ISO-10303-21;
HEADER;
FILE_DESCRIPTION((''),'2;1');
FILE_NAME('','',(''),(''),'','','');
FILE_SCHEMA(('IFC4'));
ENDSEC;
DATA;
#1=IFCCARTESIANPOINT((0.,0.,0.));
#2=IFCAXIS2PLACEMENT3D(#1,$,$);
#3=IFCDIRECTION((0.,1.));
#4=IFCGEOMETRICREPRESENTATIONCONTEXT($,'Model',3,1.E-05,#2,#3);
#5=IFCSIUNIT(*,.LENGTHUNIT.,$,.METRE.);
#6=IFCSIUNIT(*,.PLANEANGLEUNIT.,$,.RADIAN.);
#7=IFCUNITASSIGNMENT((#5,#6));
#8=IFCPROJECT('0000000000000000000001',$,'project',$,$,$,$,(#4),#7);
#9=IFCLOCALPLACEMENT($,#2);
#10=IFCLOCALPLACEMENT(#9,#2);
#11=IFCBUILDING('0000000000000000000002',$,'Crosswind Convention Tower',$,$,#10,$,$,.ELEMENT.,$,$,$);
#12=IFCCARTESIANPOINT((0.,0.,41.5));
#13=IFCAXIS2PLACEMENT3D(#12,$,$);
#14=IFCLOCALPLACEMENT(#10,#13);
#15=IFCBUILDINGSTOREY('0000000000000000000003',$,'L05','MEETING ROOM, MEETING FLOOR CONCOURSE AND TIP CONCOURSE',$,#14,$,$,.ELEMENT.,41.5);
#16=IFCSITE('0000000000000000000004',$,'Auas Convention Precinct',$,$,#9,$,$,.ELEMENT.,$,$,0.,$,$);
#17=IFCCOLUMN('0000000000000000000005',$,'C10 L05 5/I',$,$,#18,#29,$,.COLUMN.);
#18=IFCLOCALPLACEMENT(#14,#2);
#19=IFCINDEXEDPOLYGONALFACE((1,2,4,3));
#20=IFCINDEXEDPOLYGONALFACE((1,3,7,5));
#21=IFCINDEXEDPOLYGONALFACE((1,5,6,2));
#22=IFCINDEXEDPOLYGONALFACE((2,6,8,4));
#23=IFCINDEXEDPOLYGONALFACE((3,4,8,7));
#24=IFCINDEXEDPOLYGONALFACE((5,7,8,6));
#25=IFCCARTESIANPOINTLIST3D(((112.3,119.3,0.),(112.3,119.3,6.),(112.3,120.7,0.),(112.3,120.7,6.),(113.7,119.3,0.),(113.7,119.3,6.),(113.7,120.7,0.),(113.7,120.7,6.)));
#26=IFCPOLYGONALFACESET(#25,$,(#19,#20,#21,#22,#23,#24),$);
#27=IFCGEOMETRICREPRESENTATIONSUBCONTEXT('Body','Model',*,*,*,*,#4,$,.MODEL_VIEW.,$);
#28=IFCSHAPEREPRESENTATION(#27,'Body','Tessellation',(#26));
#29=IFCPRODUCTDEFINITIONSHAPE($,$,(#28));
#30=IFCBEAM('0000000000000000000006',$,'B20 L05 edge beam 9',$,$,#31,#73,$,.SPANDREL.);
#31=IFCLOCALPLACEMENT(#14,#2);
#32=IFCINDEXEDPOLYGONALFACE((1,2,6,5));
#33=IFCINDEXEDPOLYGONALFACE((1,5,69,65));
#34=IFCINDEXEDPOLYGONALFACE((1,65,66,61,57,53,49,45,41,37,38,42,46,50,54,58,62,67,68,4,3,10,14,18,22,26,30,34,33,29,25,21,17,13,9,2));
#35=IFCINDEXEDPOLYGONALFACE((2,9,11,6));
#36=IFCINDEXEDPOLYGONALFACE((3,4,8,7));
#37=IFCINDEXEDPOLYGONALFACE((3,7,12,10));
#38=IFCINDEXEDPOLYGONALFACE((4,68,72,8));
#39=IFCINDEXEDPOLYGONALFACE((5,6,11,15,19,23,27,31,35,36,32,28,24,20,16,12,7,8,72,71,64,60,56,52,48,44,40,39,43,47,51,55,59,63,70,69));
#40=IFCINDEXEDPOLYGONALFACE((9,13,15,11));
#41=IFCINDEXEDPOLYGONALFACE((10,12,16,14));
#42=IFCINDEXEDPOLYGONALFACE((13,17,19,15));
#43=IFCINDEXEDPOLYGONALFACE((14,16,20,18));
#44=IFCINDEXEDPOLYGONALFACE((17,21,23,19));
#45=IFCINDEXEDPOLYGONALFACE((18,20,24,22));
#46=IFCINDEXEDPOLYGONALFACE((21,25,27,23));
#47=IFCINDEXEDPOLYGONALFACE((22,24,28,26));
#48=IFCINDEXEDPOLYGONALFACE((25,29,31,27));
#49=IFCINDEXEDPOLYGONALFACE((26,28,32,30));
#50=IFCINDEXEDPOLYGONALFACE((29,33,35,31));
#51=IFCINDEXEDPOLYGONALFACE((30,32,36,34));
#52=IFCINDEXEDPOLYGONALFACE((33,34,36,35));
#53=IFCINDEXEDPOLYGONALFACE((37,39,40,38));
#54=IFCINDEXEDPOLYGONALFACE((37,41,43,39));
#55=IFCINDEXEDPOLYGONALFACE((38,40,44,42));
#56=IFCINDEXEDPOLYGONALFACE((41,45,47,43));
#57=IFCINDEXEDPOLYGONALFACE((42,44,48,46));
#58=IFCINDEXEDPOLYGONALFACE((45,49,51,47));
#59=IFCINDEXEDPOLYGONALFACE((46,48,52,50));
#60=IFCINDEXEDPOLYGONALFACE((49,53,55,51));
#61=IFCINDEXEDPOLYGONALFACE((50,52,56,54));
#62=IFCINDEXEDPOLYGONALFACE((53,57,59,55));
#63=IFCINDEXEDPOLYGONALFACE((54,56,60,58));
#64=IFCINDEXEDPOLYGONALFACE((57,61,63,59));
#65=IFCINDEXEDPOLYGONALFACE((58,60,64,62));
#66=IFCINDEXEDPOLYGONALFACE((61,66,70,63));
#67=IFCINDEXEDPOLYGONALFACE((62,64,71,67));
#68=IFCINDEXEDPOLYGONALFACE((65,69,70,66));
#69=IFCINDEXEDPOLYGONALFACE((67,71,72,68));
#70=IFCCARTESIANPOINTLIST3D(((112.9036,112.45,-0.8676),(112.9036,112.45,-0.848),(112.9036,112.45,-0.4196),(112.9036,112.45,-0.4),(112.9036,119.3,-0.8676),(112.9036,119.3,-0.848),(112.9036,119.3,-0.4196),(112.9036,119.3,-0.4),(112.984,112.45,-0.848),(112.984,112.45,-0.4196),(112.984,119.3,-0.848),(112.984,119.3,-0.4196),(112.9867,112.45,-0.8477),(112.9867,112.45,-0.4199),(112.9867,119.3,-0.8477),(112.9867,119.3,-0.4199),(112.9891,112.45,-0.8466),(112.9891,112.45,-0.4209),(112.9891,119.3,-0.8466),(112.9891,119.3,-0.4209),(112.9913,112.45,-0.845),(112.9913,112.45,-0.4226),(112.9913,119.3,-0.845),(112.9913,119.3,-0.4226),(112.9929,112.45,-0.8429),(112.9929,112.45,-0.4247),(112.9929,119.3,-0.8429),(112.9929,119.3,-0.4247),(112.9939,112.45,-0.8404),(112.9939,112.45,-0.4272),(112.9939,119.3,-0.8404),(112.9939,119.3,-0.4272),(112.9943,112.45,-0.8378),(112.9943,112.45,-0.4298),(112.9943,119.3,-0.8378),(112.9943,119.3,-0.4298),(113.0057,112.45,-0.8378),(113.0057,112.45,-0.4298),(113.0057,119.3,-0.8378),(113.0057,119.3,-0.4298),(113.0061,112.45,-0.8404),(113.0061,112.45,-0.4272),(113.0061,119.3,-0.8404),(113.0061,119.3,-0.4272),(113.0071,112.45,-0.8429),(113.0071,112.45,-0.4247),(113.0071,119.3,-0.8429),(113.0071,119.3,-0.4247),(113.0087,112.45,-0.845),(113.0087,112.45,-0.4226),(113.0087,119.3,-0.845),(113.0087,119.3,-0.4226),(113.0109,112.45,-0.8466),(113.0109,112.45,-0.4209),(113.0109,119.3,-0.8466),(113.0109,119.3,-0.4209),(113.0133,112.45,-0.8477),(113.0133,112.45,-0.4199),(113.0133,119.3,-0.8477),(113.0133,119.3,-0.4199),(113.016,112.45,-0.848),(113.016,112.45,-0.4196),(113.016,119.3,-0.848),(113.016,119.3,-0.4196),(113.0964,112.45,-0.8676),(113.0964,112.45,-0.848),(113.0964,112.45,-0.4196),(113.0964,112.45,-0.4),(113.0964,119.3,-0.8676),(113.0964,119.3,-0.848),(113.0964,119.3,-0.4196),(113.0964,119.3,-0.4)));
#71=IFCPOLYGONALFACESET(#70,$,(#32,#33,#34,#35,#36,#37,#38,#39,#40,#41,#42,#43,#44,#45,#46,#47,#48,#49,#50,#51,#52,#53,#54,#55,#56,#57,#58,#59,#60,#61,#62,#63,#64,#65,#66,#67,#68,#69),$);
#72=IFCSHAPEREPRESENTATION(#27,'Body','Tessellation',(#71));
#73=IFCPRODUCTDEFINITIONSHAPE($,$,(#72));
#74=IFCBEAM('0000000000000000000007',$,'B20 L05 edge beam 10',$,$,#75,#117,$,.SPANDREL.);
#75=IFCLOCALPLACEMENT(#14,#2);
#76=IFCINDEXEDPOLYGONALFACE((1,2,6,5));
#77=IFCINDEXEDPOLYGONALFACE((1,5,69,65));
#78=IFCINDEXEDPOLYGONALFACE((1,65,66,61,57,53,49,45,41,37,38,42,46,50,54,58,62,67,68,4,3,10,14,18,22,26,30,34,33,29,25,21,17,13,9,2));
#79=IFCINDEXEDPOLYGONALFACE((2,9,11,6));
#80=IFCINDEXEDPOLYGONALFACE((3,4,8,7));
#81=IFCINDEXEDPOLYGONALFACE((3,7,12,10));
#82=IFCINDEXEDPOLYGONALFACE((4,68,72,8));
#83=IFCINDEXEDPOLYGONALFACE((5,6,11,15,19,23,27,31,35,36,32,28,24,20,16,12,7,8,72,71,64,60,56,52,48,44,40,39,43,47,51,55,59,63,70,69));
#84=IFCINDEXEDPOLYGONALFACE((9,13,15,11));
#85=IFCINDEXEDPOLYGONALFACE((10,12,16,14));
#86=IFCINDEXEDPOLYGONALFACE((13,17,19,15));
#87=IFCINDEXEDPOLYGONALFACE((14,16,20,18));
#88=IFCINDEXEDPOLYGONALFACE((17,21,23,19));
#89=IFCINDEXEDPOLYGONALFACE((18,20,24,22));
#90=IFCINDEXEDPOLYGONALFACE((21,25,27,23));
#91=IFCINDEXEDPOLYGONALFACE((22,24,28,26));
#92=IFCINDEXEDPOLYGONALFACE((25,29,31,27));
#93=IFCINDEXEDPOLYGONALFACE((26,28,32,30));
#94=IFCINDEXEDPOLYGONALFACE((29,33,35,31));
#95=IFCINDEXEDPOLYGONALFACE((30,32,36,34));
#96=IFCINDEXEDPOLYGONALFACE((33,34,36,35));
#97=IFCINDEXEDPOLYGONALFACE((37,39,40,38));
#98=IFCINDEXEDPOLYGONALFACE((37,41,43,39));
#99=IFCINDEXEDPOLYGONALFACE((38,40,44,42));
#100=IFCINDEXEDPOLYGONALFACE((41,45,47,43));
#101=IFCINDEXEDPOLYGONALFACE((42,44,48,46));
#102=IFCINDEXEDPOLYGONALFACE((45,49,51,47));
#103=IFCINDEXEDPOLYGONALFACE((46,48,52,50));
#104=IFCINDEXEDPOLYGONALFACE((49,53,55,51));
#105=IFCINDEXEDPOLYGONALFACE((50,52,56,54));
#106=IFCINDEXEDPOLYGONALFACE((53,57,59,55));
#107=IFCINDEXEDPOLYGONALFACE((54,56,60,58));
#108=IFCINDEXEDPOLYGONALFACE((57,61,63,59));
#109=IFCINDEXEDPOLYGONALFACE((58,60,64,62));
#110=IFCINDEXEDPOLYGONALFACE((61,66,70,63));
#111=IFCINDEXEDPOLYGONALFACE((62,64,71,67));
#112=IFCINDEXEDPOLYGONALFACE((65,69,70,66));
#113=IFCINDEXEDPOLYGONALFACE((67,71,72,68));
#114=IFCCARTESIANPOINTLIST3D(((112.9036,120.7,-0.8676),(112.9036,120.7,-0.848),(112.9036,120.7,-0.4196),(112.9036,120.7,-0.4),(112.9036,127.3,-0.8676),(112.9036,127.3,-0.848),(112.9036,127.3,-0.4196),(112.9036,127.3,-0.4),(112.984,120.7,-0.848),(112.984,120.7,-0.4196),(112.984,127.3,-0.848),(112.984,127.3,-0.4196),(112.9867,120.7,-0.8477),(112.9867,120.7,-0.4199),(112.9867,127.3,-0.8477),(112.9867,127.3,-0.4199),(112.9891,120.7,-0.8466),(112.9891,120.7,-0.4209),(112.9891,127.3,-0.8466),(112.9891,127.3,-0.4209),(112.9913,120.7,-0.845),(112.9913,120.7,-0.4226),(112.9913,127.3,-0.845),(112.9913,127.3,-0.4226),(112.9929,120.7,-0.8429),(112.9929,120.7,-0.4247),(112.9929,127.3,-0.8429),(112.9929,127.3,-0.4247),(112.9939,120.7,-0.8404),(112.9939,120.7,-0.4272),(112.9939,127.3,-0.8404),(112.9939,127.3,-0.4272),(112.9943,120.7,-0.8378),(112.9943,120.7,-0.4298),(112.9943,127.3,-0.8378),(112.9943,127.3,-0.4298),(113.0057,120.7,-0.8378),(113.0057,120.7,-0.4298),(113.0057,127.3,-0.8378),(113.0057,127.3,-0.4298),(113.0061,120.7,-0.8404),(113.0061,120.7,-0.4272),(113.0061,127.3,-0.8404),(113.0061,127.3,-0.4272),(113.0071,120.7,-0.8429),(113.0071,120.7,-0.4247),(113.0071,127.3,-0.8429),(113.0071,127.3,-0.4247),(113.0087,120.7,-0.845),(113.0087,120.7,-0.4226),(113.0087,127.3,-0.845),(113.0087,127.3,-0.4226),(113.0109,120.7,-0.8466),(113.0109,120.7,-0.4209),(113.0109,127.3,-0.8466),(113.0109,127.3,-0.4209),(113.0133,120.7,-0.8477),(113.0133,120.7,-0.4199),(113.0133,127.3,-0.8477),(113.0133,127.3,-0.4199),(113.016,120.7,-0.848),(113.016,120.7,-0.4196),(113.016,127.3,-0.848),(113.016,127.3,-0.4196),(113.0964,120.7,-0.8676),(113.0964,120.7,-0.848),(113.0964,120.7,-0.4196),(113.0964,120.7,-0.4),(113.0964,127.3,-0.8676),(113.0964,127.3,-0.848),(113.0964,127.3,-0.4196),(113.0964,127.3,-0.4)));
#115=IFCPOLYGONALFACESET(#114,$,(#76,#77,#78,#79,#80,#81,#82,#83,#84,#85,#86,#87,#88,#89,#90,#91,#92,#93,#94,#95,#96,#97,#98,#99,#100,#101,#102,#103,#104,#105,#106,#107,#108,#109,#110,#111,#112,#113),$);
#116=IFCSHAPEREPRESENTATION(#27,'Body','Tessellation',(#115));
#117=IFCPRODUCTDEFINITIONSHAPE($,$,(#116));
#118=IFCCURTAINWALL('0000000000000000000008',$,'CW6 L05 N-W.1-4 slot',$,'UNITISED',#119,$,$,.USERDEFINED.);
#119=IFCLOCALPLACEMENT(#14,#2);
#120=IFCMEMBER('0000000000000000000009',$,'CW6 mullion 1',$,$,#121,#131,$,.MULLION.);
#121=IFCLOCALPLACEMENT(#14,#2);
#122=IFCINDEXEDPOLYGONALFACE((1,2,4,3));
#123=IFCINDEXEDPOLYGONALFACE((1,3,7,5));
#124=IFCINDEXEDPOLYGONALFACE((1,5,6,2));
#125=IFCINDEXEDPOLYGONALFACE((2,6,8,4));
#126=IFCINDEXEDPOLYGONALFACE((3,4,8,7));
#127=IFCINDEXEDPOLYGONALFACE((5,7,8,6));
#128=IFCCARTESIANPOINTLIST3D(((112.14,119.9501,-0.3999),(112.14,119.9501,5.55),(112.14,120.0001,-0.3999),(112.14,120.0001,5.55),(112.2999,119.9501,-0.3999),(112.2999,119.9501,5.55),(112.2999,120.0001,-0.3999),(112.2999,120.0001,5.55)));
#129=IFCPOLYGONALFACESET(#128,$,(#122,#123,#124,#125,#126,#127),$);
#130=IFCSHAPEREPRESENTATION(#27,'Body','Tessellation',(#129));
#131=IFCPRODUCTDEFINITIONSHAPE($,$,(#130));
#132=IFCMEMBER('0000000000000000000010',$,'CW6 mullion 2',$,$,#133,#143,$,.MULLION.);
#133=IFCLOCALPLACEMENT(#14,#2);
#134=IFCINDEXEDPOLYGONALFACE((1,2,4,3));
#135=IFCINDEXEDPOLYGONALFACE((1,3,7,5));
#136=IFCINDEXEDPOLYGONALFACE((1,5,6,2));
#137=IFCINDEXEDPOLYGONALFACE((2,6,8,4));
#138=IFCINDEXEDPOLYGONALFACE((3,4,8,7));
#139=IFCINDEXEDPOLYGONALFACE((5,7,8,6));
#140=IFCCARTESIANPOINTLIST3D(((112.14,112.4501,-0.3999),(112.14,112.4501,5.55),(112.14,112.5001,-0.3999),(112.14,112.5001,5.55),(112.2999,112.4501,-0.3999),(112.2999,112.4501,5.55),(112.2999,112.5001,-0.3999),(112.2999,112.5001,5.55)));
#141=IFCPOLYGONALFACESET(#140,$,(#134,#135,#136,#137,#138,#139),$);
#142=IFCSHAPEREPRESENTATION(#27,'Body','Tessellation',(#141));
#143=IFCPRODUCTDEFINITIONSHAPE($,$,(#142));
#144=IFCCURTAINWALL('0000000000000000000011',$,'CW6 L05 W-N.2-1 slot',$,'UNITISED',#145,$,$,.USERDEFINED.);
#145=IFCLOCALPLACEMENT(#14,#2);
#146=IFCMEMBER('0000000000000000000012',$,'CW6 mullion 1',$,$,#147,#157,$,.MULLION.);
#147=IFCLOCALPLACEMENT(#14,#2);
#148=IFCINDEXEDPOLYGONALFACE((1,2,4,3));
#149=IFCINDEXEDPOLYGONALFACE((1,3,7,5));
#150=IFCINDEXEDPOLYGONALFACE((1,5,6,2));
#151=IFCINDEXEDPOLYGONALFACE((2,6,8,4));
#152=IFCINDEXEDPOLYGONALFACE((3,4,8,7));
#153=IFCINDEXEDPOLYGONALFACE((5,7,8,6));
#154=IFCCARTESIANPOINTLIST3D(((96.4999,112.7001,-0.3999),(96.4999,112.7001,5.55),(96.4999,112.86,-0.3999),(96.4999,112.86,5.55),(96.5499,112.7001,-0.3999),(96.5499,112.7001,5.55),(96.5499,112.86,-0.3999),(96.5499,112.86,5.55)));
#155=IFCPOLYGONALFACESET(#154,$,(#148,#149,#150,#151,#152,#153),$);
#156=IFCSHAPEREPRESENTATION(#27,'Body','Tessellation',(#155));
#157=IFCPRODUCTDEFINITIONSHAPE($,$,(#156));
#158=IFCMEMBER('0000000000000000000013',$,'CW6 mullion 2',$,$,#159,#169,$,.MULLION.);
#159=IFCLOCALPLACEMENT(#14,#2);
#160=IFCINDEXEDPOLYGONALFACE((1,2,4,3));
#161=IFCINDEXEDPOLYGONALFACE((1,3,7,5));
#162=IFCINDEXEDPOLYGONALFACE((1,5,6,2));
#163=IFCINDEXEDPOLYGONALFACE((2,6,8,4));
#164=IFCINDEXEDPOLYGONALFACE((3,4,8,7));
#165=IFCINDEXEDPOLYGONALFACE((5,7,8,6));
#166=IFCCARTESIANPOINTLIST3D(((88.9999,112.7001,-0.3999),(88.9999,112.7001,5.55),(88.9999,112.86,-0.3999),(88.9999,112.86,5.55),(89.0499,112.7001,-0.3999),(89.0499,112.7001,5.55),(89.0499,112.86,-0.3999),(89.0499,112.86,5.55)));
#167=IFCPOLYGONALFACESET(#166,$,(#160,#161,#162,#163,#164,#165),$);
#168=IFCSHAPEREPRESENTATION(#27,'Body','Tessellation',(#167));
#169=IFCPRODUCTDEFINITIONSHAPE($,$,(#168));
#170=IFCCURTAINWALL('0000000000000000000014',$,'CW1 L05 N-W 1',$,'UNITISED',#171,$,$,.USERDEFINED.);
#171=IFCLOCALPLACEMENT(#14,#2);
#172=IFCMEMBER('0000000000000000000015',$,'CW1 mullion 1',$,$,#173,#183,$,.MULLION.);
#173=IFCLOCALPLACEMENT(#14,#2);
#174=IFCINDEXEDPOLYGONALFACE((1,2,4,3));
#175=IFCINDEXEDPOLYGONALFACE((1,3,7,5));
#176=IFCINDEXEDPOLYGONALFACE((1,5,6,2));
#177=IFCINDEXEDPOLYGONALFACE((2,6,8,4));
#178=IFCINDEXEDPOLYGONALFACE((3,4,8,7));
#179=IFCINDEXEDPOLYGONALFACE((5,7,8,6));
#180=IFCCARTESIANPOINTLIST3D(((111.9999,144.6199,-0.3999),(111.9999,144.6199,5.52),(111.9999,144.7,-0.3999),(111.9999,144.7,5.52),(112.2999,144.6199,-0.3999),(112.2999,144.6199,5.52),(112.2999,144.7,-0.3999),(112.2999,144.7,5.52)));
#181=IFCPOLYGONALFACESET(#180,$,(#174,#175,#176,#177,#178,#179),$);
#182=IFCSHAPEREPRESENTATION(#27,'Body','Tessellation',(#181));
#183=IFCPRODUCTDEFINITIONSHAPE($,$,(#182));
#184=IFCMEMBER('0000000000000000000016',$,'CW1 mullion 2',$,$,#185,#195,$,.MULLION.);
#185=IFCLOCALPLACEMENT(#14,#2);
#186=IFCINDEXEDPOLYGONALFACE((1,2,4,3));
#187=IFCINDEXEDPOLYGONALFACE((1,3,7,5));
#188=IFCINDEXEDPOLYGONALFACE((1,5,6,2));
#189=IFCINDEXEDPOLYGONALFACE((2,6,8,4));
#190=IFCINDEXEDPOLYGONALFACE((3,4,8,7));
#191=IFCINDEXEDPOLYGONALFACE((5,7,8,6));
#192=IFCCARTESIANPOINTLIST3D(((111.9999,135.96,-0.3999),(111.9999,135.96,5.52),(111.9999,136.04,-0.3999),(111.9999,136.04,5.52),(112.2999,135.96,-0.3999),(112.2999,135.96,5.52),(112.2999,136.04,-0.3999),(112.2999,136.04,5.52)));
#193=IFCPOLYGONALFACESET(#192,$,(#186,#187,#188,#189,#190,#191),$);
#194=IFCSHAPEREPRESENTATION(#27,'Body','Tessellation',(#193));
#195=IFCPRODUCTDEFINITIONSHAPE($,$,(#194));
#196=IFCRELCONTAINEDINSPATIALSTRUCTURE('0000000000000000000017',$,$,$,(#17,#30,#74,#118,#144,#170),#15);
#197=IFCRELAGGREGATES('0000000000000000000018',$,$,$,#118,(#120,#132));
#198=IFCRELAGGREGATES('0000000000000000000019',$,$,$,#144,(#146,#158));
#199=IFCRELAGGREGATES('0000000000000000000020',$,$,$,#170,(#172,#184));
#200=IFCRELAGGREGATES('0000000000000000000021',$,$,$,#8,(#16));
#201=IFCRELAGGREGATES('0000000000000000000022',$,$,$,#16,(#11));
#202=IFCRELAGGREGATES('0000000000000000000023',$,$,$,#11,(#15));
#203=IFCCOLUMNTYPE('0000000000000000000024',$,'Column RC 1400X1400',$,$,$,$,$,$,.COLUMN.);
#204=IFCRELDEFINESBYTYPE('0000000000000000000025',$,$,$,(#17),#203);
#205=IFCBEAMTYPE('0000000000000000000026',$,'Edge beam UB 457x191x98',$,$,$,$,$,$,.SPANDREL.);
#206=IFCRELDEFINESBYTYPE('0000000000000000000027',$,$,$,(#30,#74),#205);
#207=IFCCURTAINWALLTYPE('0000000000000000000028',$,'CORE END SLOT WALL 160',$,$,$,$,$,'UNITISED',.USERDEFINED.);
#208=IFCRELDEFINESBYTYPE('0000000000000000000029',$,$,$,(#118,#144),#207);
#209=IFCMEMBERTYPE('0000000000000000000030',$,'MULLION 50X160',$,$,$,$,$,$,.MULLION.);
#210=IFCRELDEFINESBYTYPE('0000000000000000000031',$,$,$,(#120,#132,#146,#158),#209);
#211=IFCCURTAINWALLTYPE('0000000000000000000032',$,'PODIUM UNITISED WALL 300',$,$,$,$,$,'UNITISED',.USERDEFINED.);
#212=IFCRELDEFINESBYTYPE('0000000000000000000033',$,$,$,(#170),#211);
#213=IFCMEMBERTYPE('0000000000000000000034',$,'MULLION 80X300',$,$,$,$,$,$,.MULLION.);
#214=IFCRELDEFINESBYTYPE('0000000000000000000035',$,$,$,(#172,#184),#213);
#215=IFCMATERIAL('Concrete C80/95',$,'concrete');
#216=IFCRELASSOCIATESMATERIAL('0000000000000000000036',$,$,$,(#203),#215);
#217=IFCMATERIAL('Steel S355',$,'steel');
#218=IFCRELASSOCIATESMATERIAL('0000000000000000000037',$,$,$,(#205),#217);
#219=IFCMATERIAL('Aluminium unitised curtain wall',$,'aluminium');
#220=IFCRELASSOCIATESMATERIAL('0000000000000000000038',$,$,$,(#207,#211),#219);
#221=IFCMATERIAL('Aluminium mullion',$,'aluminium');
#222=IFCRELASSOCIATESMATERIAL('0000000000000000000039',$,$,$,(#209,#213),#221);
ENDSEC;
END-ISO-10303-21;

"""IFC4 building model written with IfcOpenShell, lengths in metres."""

from ifc_helpers import new_model, si_unit, direction, frame, origin, origin_2d, place, context, subcontext, project, spatial, rectangle, i_section, extrude, material, material_profile, profile_set, type_object, element, aggregate, save


model = new_model("IFC4")

# Units and contexts
model_context = context("Model", 3, precision=1e-05, world=origin(), true_north=direction((0.0, 1.0)))
body_context = subcontext(model_context, "Body", "Model", "MODEL_VIEW")
ifc_project = project(units=[si_unit("LENGTHUNIT", "METRE"), si_unit("PLANEANGLEUNIT", "RADIAN")], contexts=[model_context])

# Site, building, storey
site_placement = place(None, origin())
site = spatial("IfcSite", under=ifc_project, at=site_placement, Name="Auas Convention Precinct", CompositionType="ELEMENT", RefElevation=0.0)
building_placement = place(site_placement, origin())
building = spatial("IfcBuilding", under=site, at=building_placement, Name="Crosswind Convention Tower", CompositionType="ELEMENT")
storey_placement = place(building_placement, frame((0.0, 0.0, 41.5)))
storey = spatial("IfcBuildingStorey", under=building, at=storey_placement, Name="L05", Description="MEETING ROOM, MEETING FLOOR CONCOURSE AND TIP CONCOURSE", CompositionType="ELEMENT", Elevation=41.5)

# Column
ifc_material_1 = material(Name="Concrete C80/95", Category="concrete")
ifc_material_profile_1 = material_profile(ifc_material_1, rectangle(XDim=1.3999, YDim=1.3999, at=origin_2d()), Name="RC 1400X1400")
ifc_profile_set_1 = profile_set([ifc_material_profile_1], Name="Concrete C80/95")
column_type = type_object("IfcColumnType", Name="Column RC 1400X1400", PredefinedType="COLUMN", material=ifc_profile_set_1)
column_placement = place(storey_placement, frame((113.0, 120.0, 0.0), z_axis=(0.0, 0.0, 1.0), x_axis=(1.0, 0.0, 0.0)))
element("IfcColumn", 1, at=column_placement, inside=storey, type_object=column_type, Name="C10 L05 5/I", PredefinedType="COLUMN", context=body_context, shape_type="SweptSolid", body=[
    extrude(rectangle(XDim=1.3999, YDim=1.3999, at=origin_2d()), origin(), (0.0, 0.0, 1.0), 6.0),
])

# Beams
ifc_material_2 = material(Name="Steel S355", Category="steel")
ifc_material_profile_2 = material_profile(ifc_material_2, i_section(OverallWidth=0.1929, OverallDepth=0.4675, WebThickness=0.0115, FlangeThickness=0.0195, FilletRadius=0.0103, at=origin_2d()), Name="UB 457x191x98")
ifc_profile_set_2 = profile_set([ifc_material_profile_2], Name="Steel S355")
beam_type = type_object("IfcBeamType", Name="Edge beam UB 457x191x98", PredefinedType="SPANDREL", material=ifc_profile_set_2)
beam_1_placement = place(storey_placement, frame((113.0, 112.45, -0.6338), z_axis=(0.0, 1.0, 0.0), x_axis=(-1.0, 0.0, 0.0)))
element("IfcBeam", 2, at=beam_1_placement, inside=storey, type_object=beam_type, Name="B20 L05 edge beam 9", PredefinedType="SPANDREL", context=body_context, shape_type="SweptSolid", body=[
    extrude(i_section(OverallWidth=0.1929, OverallDepth=0.4675, WebThickness=0.0115, FlangeThickness=0.0195, FilletRadius=0.0103, at=origin_2d()), origin(), (0.0, 0.0, 1.0), 6.8501),
])
beam_2_placement = place(storey_placement, frame((113.0, 120.7, -0.6338), z_axis=(0.0, 1.0, 0.0), x_axis=(-1.0, 0.0, 0.0)))
element("IfcBeam", 3, at=beam_2_placement, inside=storey, type_object=beam_type, Name="B20 L05 edge beam 10", PredefinedType="SPANDREL", context=body_context, shape_type="SweptSolid", body=[
    extrude(i_section(OverallWidth=0.1929, OverallDepth=0.4675, WebThickness=0.0115, FlangeThickness=0.0195, FilletRadius=0.0103, at=origin_2d()), origin(), (0.0, 0.0, 1.0), 6.6001),
])

# Curtain walls, members
ifc_material_3 = material(Name="Aluminium unitised curtain wall", Category="aluminium")
curtain_wall_type_1 = type_object("IfcCurtainWallType", Name="CORE END SLOT WALL 160", ElementType="UNITISED", PredefinedType="USERDEFINED", material=ifc_material_3)
curtain_wall_1_placement = place(storey_placement, origin())
curtain_wall_1 = element("IfcCurtainWall", 4, at=curtain_wall_1_placement, inside=storey, type_object=curtain_wall_type_1, Name="CW6 L05 N-W.1-4 slot", ObjectType="UNITISED", PredefinedType="USERDEFINED")
ifc_material_4 = material(Name="Aluminium mullion", Category="aluminium")
ifc_material_profile_3 = material_profile(ifc_material_4, rectangle(XDim=0.1599, YDim=0.05, at=origin_2d()), Name="AL 160X50")
ifc_profile_set_3 = profile_set([ifc_material_profile_3], Name="Aluminium mullion")
member_type_1 = type_object("IfcMemberType", Name="MULLION 50X160", PredefinedType="MULLION", material=ifc_profile_set_3)
member_1_placement = place(storey_placement, frame((112.22, 119.9751, -0.3999), z_axis=(0.0, 0.0, 1.0), x_axis=(-1.0, 0.0, 0.0)))
member_1 = element("IfcMember", 5, at=member_1_placement, type_object=member_type_1, Name="CW6 mullion 1", PredefinedType="MULLION", context=body_context, shape_type="SweptSolid", body=[
    extrude(rectangle(XDim=0.1599, YDim=0.05, at=origin_2d()), origin(), (0.0, 0.0, 1.0), 5.95),
])
member_2_placement = place(storey_placement, frame((112.22, 112.4751, -0.3999), z_axis=(0.0, 0.0, 1.0), x_axis=(-1.0, 0.0, 0.0)))
member_2 = element("IfcMember", 6, at=member_2_placement, type_object=member_type_1, Name="CW6 mullion 2", PredefinedType="MULLION", context=body_context, shape_type="SweptSolid", body=[
    extrude(rectangle(XDim=0.1599, YDim=0.05, at=origin_2d()), origin(), (0.0, 0.0, 1.0), 5.95),
])
curtain_wall_2_placement = place(storey_placement, origin())
curtain_wall_2 = element("IfcCurtainWall", 7, at=curtain_wall_2_placement, inside=storey, type_object=curtain_wall_type_1, Name="CW6 L05 W-N.2-1 slot", ObjectType="UNITISED", PredefinedType="USERDEFINED")
member_3_placement = place(storey_placement, frame((96.5249, 112.78, -0.3999), z_axis=(0.0, 0.0, 1.0), x_axis=(0.0, 1.0, 0.0)))
member_3 = element("IfcMember", 8, at=member_3_placement, type_object=member_type_1, Name="CW6 mullion 1", PredefinedType="MULLION", context=body_context, shape_type="SweptSolid", body=[
    extrude(rectangle(XDim=0.1599, YDim=0.05, at=origin_2d()), origin(), (0.0, 0.0, 1.0), 5.95),
])
member_4_placement = place(storey_placement, frame((89.0249, 112.78, -0.3999), z_axis=(0.0, 0.0, 1.0), x_axis=(0.0, 1.0, 0.0)))
member_4 = element("IfcMember", 9, at=member_4_placement, type_object=member_type_1, Name="CW6 mullion 2", PredefinedType="MULLION", context=body_context, shape_type="SweptSolid", body=[
    extrude(rectangle(XDim=0.1599, YDim=0.05, at=origin_2d()), origin(), (0.0, 0.0, 1.0), 5.95),
])
curtain_wall_type_2 = type_object("IfcCurtainWallType", Name="PODIUM UNITISED WALL 300", ElementType="UNITISED", PredefinedType="USERDEFINED", material=ifc_material_3)
curtain_wall_3_placement = place(storey_placement, origin())
curtain_wall_3 = element("IfcCurtainWall", 10, at=curtain_wall_3_placement, inside=storey, type_object=curtain_wall_type_2, Name="CW1 L05 N-W 1", ObjectType="UNITISED", PredefinedType="USERDEFINED")
ifc_material_profile_4 = material_profile(ifc_material_4, rectangle(XDim=0.3, YDim=0.0801, at=origin_2d()), Name="AL 300X80")
ifc_profile_set_4 = profile_set([ifc_material_profile_4], Name="Aluminium mullion")
member_type_2 = type_object("IfcMemberType", Name="MULLION 80X300", PredefinedType="MULLION", material=ifc_profile_set_4)
member_5_placement = place(storey_placement, frame((112.1499, 144.6599, -0.3999), z_axis=(0.0, 0.0, 1.0), x_axis=(-1.0, 0.0, 0.0)))
member_5 = element("IfcMember", 11, at=member_5_placement, type_object=member_type_2, Name="CW1 mullion 1", PredefinedType="MULLION", context=body_context, shape_type="SweptSolid", body=[
    extrude(rectangle(XDim=0.3, YDim=0.0801, at=origin_2d()), origin(), (0.0, 0.0, 1.0), 5.9199),
])
member_6_placement = place(storey_placement, frame((112.1499, 136.0, -0.3999), z_axis=(0.0, 0.0, 1.0), x_axis=(-1.0, 0.0, 0.0)))
member_6 = element("IfcMember", 12, at=member_6_placement, type_object=member_type_2, Name="CW1 mullion 2", PredefinedType="MULLION", context=body_context, shape_type="SweptSolid", body=[
    extrude(rectangle(XDim=0.3, YDim=0.0801, at=origin_2d()), origin(), (0.0, 0.0, 1.0), 5.9199),
])

aggregate(curtain_wall_1, [member_1, member_2])
aggregate(curtain_wall_2, [member_3, member_4])

aggregate(curtain_wall_3, [member_5, member_6])

save(model, "model.ifc")
